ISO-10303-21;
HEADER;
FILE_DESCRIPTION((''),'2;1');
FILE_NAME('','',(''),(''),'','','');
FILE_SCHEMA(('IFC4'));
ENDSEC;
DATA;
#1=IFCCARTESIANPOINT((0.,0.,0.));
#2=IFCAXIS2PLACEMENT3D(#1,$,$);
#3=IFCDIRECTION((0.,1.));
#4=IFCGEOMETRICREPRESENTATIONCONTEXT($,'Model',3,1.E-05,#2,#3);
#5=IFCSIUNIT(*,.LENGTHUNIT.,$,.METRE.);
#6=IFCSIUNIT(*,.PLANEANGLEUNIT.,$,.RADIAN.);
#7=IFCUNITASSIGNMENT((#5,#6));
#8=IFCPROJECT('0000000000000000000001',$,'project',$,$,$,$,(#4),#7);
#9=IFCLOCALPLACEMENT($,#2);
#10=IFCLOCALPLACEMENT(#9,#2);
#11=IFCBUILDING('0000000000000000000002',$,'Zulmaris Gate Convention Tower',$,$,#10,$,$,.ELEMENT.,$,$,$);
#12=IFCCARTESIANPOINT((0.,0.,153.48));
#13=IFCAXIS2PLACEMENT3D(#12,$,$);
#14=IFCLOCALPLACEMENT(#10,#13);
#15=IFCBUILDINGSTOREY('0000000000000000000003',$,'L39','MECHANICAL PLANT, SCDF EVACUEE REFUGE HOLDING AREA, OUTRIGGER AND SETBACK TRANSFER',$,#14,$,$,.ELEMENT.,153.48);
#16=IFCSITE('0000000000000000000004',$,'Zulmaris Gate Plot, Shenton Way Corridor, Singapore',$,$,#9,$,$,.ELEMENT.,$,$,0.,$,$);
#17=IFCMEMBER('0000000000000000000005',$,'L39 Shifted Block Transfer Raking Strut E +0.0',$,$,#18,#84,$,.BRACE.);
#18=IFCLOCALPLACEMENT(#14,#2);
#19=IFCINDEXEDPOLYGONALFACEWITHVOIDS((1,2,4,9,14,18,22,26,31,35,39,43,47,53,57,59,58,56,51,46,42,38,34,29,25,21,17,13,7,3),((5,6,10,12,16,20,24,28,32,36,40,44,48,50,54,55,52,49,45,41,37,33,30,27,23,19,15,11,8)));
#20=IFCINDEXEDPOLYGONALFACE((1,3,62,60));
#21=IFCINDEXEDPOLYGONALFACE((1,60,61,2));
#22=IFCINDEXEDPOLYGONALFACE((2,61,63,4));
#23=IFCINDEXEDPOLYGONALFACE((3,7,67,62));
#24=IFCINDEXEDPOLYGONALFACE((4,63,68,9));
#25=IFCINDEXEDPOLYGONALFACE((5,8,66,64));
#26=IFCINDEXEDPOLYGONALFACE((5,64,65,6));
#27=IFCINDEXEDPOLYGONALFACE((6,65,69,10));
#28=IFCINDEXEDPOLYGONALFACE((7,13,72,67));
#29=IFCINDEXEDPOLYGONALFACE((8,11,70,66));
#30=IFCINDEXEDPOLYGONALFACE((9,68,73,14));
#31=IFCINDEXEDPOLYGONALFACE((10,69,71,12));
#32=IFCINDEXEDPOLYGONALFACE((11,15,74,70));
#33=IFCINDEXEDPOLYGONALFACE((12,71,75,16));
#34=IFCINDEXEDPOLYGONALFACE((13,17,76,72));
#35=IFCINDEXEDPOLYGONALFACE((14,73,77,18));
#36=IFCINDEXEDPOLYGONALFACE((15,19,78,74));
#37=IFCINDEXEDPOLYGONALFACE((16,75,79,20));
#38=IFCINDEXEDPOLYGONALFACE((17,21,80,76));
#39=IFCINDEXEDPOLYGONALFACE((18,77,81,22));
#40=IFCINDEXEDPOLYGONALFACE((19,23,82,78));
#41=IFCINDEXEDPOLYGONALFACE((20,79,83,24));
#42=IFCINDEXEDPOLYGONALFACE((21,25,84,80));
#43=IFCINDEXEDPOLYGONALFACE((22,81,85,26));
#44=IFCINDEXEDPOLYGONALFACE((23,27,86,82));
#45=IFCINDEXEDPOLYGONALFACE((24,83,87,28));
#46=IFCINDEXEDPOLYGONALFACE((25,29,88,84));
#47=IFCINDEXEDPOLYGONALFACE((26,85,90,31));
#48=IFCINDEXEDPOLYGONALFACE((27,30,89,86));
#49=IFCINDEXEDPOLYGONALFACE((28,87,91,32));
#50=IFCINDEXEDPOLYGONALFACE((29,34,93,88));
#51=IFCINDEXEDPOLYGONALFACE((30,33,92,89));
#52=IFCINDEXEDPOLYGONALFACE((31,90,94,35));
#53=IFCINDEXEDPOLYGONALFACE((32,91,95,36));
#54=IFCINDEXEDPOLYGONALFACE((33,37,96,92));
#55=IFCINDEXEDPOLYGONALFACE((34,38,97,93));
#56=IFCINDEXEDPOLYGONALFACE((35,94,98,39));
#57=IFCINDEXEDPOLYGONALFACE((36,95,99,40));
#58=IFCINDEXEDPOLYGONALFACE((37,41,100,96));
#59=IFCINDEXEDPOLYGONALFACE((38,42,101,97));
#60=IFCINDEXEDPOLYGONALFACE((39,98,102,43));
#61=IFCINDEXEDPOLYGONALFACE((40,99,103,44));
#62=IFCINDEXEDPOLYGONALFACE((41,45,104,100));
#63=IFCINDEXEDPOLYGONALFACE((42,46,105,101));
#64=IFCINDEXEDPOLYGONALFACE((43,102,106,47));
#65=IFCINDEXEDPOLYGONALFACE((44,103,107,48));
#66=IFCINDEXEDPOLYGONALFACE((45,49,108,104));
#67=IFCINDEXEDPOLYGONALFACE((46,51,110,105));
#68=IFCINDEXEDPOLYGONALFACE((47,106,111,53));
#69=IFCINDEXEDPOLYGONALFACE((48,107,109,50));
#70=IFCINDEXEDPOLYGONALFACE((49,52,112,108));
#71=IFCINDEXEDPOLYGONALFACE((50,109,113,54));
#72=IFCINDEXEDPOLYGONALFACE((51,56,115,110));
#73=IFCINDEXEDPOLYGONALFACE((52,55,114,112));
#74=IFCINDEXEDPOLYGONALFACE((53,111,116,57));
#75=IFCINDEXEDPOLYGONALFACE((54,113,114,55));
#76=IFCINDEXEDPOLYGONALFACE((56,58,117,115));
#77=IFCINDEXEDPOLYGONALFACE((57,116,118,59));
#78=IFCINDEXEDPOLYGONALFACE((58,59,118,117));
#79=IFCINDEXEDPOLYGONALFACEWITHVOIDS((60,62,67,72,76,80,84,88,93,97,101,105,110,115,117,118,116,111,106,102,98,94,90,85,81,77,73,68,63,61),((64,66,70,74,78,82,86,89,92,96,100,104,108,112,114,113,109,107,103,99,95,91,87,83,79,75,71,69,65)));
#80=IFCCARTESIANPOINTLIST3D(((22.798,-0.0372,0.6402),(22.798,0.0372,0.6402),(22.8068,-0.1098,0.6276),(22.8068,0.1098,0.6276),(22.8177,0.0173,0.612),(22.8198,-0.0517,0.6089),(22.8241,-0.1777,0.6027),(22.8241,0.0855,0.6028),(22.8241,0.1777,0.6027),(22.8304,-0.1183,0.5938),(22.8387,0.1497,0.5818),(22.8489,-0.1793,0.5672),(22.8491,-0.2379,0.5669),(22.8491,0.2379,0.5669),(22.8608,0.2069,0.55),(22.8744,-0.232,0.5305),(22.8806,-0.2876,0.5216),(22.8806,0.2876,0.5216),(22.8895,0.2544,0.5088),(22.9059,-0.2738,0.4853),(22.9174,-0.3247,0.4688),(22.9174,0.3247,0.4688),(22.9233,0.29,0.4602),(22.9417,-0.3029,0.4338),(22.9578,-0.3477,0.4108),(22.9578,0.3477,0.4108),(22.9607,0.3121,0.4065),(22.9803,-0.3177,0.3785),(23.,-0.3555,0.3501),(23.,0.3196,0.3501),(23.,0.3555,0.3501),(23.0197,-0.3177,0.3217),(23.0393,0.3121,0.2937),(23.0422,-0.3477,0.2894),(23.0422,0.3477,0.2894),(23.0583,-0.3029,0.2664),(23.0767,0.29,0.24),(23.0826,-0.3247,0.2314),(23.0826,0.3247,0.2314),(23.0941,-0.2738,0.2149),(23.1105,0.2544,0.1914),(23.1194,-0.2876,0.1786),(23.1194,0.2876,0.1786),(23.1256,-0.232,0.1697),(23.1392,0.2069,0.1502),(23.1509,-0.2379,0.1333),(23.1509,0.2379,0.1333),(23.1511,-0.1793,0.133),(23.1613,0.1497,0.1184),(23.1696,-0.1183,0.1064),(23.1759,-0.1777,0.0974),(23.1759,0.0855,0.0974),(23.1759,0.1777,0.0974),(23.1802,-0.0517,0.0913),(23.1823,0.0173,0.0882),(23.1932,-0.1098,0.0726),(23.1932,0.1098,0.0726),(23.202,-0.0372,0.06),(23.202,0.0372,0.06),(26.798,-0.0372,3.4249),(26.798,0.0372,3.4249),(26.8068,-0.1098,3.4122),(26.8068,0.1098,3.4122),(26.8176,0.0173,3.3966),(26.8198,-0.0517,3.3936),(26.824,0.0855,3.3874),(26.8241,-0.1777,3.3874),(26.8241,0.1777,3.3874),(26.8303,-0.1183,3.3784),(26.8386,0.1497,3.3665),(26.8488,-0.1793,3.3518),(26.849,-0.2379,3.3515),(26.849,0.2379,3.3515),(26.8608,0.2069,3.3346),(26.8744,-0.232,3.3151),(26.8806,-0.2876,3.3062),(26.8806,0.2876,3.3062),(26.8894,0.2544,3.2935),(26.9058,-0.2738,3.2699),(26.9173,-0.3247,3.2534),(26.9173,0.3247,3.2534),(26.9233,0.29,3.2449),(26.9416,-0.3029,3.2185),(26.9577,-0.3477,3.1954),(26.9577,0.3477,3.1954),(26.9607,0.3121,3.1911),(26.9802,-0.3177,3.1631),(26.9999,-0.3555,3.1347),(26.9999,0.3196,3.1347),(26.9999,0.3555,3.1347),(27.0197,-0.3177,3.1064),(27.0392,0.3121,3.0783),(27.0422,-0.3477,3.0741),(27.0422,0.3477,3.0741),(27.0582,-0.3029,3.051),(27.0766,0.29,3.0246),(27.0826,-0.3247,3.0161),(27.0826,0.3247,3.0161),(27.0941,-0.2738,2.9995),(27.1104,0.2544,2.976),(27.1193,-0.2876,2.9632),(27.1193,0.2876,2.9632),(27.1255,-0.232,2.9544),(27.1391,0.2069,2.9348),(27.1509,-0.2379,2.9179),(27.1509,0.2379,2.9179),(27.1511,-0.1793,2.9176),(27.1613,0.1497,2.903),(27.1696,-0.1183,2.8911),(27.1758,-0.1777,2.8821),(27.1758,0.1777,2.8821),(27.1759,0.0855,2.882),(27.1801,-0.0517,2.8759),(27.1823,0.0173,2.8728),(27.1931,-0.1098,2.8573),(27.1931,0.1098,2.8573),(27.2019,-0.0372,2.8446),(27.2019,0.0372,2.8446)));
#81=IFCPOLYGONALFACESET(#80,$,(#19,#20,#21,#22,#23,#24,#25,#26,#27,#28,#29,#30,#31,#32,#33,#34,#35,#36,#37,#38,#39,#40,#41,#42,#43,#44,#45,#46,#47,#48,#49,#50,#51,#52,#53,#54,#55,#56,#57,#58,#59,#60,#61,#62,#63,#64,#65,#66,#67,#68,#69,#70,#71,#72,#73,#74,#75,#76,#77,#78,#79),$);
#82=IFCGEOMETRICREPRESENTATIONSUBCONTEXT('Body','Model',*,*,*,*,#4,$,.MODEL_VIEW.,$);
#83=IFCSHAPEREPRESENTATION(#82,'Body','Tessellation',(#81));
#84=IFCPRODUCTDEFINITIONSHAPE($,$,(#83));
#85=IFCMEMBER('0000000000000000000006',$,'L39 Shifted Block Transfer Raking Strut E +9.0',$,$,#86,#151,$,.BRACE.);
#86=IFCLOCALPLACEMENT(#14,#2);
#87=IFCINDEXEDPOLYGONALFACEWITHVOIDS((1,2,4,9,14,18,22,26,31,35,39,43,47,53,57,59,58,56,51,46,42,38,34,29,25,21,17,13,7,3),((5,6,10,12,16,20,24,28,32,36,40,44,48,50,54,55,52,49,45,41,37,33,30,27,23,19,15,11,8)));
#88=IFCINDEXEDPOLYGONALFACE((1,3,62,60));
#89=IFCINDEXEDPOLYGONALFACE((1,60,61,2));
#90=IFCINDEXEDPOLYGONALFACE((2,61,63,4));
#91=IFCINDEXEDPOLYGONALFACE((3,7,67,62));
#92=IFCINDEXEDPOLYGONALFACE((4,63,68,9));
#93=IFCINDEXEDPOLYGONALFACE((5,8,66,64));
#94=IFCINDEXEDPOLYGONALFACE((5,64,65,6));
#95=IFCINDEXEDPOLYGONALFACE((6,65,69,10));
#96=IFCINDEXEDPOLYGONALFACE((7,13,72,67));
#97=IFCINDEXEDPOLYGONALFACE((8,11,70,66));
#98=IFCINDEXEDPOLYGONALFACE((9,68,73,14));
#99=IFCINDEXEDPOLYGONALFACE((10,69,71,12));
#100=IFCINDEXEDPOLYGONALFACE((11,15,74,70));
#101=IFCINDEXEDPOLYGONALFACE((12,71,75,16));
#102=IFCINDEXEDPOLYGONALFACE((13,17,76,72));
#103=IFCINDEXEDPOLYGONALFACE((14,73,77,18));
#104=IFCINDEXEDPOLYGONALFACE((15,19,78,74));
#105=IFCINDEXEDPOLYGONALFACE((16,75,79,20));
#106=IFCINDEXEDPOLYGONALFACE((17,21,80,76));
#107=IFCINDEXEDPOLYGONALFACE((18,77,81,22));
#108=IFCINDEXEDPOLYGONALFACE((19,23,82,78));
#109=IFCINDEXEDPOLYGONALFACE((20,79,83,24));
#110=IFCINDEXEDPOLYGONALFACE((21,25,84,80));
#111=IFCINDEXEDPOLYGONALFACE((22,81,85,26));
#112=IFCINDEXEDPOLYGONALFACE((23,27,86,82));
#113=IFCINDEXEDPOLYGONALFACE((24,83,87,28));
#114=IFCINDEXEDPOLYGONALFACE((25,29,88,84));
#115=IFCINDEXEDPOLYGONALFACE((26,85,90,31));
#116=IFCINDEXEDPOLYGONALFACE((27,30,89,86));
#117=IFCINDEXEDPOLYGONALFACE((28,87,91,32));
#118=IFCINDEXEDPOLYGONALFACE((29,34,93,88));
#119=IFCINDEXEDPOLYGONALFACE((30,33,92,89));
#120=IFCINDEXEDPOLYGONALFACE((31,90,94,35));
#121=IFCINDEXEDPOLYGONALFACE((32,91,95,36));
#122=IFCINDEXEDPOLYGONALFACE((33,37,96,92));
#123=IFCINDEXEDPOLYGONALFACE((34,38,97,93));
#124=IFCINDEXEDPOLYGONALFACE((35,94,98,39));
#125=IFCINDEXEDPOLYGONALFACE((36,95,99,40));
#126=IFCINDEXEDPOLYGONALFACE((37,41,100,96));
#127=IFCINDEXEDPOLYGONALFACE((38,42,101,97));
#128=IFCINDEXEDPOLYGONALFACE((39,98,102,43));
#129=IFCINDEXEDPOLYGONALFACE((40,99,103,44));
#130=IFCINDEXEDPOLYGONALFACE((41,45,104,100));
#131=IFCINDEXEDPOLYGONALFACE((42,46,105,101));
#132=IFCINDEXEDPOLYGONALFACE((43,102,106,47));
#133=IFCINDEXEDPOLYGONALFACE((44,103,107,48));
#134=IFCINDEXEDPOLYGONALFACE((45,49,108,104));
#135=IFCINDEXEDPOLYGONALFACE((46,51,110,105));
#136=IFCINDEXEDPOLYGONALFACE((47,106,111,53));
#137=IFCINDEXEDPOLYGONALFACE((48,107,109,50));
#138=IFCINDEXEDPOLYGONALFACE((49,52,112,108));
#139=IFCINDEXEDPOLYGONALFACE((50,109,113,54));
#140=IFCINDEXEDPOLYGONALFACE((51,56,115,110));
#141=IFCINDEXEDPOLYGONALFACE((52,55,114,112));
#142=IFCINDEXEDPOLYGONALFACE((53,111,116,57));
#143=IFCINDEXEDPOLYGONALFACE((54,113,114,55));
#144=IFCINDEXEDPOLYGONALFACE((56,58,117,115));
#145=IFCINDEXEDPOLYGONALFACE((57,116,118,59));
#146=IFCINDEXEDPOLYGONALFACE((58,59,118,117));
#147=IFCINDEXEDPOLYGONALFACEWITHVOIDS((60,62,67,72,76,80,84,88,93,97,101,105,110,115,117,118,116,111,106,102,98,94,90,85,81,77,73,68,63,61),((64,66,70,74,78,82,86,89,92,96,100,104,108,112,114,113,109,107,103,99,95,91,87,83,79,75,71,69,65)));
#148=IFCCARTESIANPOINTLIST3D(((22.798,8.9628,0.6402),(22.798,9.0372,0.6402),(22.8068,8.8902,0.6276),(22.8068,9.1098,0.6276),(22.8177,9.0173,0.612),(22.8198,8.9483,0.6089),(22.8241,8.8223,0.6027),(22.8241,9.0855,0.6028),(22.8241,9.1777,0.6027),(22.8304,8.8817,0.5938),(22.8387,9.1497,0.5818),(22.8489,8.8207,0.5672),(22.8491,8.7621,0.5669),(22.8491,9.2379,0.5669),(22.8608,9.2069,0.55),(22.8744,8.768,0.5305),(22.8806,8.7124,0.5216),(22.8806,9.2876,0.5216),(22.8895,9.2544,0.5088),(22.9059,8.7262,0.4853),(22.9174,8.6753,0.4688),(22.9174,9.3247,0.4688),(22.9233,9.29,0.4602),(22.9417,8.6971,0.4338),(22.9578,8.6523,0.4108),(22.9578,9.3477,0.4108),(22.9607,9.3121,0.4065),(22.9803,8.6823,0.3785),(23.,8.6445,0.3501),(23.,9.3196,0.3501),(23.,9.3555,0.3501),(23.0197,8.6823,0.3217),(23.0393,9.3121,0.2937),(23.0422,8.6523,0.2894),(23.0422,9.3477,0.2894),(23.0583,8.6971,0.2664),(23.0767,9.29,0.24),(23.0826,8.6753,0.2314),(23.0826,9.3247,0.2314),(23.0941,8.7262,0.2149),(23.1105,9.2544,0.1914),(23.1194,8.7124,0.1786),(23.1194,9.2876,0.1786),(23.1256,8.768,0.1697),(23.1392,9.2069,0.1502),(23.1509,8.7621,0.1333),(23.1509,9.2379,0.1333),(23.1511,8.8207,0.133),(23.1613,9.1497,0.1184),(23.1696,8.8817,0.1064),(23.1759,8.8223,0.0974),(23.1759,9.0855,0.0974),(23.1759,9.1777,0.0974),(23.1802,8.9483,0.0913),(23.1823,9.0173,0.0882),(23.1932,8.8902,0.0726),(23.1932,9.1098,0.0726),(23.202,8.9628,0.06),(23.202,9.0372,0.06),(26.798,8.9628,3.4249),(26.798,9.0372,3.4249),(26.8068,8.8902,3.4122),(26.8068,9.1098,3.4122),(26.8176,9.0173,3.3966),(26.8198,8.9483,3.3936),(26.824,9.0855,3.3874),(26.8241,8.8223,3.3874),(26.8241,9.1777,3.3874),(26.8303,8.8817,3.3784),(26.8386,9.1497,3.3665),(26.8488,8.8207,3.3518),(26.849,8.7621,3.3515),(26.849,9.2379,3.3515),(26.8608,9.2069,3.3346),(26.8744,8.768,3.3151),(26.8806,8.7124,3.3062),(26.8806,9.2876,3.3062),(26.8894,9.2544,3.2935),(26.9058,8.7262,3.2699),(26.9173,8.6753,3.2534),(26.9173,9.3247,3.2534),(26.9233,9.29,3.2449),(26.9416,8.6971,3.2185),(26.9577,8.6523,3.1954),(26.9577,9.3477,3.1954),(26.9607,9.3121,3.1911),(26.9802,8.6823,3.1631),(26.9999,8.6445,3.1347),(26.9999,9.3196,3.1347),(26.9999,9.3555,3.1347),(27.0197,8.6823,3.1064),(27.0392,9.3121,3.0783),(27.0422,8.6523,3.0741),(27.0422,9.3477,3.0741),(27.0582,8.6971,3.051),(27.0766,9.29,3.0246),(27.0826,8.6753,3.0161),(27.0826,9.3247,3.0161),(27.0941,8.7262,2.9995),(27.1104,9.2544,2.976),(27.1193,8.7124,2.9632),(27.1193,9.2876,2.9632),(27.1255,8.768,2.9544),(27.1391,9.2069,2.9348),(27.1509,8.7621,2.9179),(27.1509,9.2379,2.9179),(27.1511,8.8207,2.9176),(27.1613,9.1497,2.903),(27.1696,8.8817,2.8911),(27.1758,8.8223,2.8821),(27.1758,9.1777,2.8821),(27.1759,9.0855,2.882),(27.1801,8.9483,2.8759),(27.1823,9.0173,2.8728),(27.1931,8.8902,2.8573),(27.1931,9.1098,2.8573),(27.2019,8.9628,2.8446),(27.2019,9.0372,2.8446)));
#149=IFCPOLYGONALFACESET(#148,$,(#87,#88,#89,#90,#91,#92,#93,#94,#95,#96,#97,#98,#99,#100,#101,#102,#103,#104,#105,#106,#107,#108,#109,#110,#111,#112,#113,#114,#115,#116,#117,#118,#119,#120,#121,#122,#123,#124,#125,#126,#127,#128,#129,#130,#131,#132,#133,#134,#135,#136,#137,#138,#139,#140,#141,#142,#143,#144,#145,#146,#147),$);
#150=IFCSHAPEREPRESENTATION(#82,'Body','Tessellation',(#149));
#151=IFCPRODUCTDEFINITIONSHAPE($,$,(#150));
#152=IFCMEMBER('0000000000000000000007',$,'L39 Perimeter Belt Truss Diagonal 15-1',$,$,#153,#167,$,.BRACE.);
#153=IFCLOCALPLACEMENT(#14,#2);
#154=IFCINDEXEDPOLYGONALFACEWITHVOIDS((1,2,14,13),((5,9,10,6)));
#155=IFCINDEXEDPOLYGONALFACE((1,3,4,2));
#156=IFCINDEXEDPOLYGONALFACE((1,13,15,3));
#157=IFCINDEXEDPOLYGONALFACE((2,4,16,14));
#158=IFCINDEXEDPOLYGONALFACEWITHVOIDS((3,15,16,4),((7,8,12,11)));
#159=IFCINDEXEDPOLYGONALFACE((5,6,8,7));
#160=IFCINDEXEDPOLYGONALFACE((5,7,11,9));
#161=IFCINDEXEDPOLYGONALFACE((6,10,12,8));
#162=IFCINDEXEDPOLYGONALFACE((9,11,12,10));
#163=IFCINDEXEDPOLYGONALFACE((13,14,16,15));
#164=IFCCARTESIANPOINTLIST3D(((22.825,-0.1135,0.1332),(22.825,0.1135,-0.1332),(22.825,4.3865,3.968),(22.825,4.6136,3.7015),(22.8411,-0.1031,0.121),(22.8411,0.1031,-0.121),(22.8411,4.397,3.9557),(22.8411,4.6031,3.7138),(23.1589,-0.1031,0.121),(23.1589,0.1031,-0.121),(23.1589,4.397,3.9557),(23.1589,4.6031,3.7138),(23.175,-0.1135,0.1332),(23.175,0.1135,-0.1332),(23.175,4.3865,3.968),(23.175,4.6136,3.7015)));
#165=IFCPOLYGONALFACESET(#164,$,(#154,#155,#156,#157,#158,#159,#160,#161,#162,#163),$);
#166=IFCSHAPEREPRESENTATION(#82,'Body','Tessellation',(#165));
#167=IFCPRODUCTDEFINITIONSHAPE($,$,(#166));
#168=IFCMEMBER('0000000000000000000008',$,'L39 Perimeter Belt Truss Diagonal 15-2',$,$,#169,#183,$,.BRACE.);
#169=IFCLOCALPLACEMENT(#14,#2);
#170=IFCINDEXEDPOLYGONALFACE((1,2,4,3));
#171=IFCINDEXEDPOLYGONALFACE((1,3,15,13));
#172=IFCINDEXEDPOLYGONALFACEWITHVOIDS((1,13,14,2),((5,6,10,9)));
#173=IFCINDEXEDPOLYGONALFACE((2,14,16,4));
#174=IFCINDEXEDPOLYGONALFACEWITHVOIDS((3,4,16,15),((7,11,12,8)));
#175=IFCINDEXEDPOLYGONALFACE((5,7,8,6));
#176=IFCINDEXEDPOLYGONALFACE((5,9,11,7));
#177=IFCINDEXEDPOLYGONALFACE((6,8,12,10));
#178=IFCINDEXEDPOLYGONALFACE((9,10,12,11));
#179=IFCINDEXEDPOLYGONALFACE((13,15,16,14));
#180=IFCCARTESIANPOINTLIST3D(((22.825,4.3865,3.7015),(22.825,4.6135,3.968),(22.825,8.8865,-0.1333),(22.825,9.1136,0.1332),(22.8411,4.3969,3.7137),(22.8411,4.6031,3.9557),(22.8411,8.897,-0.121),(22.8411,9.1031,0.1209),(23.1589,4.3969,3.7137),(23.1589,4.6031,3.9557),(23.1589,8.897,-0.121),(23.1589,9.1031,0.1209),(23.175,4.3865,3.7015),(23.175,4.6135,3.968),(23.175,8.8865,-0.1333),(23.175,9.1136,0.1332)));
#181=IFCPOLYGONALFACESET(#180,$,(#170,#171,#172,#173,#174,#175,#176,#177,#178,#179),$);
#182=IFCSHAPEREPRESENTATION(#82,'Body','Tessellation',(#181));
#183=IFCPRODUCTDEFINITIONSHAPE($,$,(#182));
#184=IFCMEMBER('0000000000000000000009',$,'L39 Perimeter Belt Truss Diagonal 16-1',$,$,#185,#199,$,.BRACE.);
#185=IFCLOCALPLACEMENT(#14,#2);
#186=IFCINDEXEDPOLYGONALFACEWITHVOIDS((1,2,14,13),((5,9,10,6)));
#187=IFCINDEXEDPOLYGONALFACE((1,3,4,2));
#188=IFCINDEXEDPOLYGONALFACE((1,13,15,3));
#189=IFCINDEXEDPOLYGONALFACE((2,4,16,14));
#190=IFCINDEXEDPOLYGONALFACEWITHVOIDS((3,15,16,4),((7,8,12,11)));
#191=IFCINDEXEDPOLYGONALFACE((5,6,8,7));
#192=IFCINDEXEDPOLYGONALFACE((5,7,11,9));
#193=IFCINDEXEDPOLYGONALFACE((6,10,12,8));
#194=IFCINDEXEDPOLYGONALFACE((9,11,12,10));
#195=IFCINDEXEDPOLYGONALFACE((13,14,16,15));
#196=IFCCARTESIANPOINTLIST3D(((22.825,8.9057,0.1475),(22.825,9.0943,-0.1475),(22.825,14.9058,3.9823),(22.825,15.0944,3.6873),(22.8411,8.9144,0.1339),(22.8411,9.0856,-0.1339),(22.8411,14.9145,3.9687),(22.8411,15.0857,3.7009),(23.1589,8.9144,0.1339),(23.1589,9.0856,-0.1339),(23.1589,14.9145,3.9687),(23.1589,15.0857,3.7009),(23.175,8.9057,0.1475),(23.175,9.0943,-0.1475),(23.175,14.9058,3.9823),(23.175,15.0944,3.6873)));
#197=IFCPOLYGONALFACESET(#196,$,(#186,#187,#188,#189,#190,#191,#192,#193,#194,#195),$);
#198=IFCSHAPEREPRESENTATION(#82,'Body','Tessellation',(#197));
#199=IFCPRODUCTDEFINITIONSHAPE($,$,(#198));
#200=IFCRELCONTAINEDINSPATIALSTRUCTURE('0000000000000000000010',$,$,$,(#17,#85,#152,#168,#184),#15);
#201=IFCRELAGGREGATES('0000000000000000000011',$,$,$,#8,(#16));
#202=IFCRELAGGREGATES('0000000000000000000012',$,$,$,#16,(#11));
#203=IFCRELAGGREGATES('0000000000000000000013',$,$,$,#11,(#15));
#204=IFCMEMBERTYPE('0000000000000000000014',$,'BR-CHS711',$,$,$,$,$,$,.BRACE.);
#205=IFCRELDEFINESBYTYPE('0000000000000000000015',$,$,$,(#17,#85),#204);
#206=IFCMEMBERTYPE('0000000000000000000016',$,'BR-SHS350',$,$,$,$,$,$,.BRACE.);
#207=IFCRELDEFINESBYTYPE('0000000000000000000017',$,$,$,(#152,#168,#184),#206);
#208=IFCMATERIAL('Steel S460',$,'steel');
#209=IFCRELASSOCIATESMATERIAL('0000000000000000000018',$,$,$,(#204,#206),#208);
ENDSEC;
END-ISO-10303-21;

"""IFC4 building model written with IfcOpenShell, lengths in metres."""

from ifc_helpers import new_model, si_unit, direction, frame, origin, origin_2d, place, context, subcontext, project, spatial, hollow_rectangle, hollow_circle, extrude, material, material_profile, profile_set, type_object, element, save


model = new_model("IFC4")

# Units and contexts
model_context = context("Model", 3, precision=1e-05, world=origin(), true_north=direction((0.0, 1.0)))
body_context = subcontext(model_context, "Body", "Model", "MODEL_VIEW")
ifc_project = project(units=[si_unit("LENGTHUNIT", "METRE"), si_unit("PLANEANGLEUNIT", "RADIAN")], contexts=[model_context])

# Site, building, storey
site_placement = place(None, origin())
site = spatial("IfcSite", under=ifc_project, at=site_placement, Name="Zulmaris Gate Plot, Shenton Way Corridor, Singapore", CompositionType="ELEMENT", RefElevation=0.0)
building_placement = place(site_placement, origin())
building = spatial("IfcBuilding", under=site, at=building_placement, Name="Zulmaris Gate Convention Tower", CompositionType="ELEMENT")
storey_placement = place(building_placement, frame((0.0, 0.0, 153.48)))
storey = spatial("IfcBuildingStorey", under=building, at=storey_placement, Name="L39", Description="MECHANICAL PLANT, SCDF EVACUEE REFUGE HOLDING AREA, OUTRIGGER AND SETBACK TRANSFER", CompositionType="ELEMENT", Elevation=153.48)

# Shared definitions
ifc_material_1 = material(Name="Steel S460", Category="steel")

# Members
ifc_material_profile_1 = material_profile(ifc_material_1, hollow_circle(Radius=0.3555, WallThickness=0.0359, at=origin_2d()), Name="CHS 711x36")
ifc_profile_set_1 = profile_set([ifc_material_profile_1], Name="Steel S460")
member_type_1 = type_object("IfcMemberType", Name="BR-CHS711", PredefinedType="BRACE", material=ifc_profile_set_1)
for number, where, z_axis, x_axis, name in (
    (1, (23.0, 0.0, 0.3501), (0.820707, 0.0, 0.571349), (0.0, 1.0, 0.0), "L39 Shifted Block Transfer Raking Strut E +0.0"),
    (2, (23.0, 9.0, 0.3501), (0.820707, 0.0, 0.571349), (0.0, 1.0, 0.0), "L39 Shifted Block Transfer Raking Strut E +9.0"),
):
    element("IfcMember", number, at=place(storey_placement, frame(where, z_axis=z_axis, x_axis=x_axis)), inside=storey, type_object=member_type_1, Name=name, PredefinedType="BRACE", context=body_context, shape_type="SweptSolid", body=[
        extrude(hollow_circle(Radius=0.3555, WallThickness=0.0359, at=origin_2d()), origin(), (0.0, 0.0, 1.0), 4.8738),
    ])
ifc_material_profile_2 = material_profile(ifc_material_1, hollow_rectangle(XDim=0.3501, YDim=0.3501, WallThickness=0.0161, at=origin_2d()), Name="SHS 350x350x16")
ifc_profile_set_2 = profile_set([ifc_material_profile_2], Name="Steel S460")
member_type_2 = type_object("IfcMemberType", Name="BR-SHS350", PredefinedType="BRACE", material=ifc_profile_set_2)
for number, where, z_axis, x_axis, name in (
    (3, (23.0, 0.0, 0.0), (0.0, 0.761128, 0.648602), (-1.0, 0.0, 0.0), "L39 Perimeter Belt Truss Diagonal 15-1"),
    (4, (23.0, 4.5, 3.8347), (0.0, 0.761128, -0.648602), (-1.0, 0.0, 0.0), "L39 Perimeter Belt Truss Diagonal 15-2"),
):
    element("IfcMember", number, at=place(storey_placement, frame(where, z_axis=z_axis, x_axis=x_axis)), inside=storey, type_object=member_type_2, Name=name, PredefinedType="BRACE", context=body_context, shape_type="SweptSolid", body=[
        extrude(hollow_rectangle(XDim=0.3501, YDim=0.3501, WallThickness=0.0161, at=origin_2d()), origin(), (0.0, 0.0, 1.0), 5.9124),
    ])
member_placement = place(storey_placement, frame((23.0, 9.0, 0.0), z_axis=(0.0, 0.842608, 0.538527), x_axis=(-1.0, 0.0, 0.0)))
element("IfcMember", 5, at=member_placement, inside=storey, type_object=member_type_2, Name="L39 Perimeter Belt Truss Diagonal 16-1", PredefinedType="BRACE", context=body_context, shape_type="SweptSolid", body=[
    extrude(hollow_rectangle(XDim=0.3501, YDim=0.3501, WallThickness=0.0161, at=origin_2d()), origin(), (0.0, 0.0, 1.0), 7.1208),
])

save(model, "model.ifc")
